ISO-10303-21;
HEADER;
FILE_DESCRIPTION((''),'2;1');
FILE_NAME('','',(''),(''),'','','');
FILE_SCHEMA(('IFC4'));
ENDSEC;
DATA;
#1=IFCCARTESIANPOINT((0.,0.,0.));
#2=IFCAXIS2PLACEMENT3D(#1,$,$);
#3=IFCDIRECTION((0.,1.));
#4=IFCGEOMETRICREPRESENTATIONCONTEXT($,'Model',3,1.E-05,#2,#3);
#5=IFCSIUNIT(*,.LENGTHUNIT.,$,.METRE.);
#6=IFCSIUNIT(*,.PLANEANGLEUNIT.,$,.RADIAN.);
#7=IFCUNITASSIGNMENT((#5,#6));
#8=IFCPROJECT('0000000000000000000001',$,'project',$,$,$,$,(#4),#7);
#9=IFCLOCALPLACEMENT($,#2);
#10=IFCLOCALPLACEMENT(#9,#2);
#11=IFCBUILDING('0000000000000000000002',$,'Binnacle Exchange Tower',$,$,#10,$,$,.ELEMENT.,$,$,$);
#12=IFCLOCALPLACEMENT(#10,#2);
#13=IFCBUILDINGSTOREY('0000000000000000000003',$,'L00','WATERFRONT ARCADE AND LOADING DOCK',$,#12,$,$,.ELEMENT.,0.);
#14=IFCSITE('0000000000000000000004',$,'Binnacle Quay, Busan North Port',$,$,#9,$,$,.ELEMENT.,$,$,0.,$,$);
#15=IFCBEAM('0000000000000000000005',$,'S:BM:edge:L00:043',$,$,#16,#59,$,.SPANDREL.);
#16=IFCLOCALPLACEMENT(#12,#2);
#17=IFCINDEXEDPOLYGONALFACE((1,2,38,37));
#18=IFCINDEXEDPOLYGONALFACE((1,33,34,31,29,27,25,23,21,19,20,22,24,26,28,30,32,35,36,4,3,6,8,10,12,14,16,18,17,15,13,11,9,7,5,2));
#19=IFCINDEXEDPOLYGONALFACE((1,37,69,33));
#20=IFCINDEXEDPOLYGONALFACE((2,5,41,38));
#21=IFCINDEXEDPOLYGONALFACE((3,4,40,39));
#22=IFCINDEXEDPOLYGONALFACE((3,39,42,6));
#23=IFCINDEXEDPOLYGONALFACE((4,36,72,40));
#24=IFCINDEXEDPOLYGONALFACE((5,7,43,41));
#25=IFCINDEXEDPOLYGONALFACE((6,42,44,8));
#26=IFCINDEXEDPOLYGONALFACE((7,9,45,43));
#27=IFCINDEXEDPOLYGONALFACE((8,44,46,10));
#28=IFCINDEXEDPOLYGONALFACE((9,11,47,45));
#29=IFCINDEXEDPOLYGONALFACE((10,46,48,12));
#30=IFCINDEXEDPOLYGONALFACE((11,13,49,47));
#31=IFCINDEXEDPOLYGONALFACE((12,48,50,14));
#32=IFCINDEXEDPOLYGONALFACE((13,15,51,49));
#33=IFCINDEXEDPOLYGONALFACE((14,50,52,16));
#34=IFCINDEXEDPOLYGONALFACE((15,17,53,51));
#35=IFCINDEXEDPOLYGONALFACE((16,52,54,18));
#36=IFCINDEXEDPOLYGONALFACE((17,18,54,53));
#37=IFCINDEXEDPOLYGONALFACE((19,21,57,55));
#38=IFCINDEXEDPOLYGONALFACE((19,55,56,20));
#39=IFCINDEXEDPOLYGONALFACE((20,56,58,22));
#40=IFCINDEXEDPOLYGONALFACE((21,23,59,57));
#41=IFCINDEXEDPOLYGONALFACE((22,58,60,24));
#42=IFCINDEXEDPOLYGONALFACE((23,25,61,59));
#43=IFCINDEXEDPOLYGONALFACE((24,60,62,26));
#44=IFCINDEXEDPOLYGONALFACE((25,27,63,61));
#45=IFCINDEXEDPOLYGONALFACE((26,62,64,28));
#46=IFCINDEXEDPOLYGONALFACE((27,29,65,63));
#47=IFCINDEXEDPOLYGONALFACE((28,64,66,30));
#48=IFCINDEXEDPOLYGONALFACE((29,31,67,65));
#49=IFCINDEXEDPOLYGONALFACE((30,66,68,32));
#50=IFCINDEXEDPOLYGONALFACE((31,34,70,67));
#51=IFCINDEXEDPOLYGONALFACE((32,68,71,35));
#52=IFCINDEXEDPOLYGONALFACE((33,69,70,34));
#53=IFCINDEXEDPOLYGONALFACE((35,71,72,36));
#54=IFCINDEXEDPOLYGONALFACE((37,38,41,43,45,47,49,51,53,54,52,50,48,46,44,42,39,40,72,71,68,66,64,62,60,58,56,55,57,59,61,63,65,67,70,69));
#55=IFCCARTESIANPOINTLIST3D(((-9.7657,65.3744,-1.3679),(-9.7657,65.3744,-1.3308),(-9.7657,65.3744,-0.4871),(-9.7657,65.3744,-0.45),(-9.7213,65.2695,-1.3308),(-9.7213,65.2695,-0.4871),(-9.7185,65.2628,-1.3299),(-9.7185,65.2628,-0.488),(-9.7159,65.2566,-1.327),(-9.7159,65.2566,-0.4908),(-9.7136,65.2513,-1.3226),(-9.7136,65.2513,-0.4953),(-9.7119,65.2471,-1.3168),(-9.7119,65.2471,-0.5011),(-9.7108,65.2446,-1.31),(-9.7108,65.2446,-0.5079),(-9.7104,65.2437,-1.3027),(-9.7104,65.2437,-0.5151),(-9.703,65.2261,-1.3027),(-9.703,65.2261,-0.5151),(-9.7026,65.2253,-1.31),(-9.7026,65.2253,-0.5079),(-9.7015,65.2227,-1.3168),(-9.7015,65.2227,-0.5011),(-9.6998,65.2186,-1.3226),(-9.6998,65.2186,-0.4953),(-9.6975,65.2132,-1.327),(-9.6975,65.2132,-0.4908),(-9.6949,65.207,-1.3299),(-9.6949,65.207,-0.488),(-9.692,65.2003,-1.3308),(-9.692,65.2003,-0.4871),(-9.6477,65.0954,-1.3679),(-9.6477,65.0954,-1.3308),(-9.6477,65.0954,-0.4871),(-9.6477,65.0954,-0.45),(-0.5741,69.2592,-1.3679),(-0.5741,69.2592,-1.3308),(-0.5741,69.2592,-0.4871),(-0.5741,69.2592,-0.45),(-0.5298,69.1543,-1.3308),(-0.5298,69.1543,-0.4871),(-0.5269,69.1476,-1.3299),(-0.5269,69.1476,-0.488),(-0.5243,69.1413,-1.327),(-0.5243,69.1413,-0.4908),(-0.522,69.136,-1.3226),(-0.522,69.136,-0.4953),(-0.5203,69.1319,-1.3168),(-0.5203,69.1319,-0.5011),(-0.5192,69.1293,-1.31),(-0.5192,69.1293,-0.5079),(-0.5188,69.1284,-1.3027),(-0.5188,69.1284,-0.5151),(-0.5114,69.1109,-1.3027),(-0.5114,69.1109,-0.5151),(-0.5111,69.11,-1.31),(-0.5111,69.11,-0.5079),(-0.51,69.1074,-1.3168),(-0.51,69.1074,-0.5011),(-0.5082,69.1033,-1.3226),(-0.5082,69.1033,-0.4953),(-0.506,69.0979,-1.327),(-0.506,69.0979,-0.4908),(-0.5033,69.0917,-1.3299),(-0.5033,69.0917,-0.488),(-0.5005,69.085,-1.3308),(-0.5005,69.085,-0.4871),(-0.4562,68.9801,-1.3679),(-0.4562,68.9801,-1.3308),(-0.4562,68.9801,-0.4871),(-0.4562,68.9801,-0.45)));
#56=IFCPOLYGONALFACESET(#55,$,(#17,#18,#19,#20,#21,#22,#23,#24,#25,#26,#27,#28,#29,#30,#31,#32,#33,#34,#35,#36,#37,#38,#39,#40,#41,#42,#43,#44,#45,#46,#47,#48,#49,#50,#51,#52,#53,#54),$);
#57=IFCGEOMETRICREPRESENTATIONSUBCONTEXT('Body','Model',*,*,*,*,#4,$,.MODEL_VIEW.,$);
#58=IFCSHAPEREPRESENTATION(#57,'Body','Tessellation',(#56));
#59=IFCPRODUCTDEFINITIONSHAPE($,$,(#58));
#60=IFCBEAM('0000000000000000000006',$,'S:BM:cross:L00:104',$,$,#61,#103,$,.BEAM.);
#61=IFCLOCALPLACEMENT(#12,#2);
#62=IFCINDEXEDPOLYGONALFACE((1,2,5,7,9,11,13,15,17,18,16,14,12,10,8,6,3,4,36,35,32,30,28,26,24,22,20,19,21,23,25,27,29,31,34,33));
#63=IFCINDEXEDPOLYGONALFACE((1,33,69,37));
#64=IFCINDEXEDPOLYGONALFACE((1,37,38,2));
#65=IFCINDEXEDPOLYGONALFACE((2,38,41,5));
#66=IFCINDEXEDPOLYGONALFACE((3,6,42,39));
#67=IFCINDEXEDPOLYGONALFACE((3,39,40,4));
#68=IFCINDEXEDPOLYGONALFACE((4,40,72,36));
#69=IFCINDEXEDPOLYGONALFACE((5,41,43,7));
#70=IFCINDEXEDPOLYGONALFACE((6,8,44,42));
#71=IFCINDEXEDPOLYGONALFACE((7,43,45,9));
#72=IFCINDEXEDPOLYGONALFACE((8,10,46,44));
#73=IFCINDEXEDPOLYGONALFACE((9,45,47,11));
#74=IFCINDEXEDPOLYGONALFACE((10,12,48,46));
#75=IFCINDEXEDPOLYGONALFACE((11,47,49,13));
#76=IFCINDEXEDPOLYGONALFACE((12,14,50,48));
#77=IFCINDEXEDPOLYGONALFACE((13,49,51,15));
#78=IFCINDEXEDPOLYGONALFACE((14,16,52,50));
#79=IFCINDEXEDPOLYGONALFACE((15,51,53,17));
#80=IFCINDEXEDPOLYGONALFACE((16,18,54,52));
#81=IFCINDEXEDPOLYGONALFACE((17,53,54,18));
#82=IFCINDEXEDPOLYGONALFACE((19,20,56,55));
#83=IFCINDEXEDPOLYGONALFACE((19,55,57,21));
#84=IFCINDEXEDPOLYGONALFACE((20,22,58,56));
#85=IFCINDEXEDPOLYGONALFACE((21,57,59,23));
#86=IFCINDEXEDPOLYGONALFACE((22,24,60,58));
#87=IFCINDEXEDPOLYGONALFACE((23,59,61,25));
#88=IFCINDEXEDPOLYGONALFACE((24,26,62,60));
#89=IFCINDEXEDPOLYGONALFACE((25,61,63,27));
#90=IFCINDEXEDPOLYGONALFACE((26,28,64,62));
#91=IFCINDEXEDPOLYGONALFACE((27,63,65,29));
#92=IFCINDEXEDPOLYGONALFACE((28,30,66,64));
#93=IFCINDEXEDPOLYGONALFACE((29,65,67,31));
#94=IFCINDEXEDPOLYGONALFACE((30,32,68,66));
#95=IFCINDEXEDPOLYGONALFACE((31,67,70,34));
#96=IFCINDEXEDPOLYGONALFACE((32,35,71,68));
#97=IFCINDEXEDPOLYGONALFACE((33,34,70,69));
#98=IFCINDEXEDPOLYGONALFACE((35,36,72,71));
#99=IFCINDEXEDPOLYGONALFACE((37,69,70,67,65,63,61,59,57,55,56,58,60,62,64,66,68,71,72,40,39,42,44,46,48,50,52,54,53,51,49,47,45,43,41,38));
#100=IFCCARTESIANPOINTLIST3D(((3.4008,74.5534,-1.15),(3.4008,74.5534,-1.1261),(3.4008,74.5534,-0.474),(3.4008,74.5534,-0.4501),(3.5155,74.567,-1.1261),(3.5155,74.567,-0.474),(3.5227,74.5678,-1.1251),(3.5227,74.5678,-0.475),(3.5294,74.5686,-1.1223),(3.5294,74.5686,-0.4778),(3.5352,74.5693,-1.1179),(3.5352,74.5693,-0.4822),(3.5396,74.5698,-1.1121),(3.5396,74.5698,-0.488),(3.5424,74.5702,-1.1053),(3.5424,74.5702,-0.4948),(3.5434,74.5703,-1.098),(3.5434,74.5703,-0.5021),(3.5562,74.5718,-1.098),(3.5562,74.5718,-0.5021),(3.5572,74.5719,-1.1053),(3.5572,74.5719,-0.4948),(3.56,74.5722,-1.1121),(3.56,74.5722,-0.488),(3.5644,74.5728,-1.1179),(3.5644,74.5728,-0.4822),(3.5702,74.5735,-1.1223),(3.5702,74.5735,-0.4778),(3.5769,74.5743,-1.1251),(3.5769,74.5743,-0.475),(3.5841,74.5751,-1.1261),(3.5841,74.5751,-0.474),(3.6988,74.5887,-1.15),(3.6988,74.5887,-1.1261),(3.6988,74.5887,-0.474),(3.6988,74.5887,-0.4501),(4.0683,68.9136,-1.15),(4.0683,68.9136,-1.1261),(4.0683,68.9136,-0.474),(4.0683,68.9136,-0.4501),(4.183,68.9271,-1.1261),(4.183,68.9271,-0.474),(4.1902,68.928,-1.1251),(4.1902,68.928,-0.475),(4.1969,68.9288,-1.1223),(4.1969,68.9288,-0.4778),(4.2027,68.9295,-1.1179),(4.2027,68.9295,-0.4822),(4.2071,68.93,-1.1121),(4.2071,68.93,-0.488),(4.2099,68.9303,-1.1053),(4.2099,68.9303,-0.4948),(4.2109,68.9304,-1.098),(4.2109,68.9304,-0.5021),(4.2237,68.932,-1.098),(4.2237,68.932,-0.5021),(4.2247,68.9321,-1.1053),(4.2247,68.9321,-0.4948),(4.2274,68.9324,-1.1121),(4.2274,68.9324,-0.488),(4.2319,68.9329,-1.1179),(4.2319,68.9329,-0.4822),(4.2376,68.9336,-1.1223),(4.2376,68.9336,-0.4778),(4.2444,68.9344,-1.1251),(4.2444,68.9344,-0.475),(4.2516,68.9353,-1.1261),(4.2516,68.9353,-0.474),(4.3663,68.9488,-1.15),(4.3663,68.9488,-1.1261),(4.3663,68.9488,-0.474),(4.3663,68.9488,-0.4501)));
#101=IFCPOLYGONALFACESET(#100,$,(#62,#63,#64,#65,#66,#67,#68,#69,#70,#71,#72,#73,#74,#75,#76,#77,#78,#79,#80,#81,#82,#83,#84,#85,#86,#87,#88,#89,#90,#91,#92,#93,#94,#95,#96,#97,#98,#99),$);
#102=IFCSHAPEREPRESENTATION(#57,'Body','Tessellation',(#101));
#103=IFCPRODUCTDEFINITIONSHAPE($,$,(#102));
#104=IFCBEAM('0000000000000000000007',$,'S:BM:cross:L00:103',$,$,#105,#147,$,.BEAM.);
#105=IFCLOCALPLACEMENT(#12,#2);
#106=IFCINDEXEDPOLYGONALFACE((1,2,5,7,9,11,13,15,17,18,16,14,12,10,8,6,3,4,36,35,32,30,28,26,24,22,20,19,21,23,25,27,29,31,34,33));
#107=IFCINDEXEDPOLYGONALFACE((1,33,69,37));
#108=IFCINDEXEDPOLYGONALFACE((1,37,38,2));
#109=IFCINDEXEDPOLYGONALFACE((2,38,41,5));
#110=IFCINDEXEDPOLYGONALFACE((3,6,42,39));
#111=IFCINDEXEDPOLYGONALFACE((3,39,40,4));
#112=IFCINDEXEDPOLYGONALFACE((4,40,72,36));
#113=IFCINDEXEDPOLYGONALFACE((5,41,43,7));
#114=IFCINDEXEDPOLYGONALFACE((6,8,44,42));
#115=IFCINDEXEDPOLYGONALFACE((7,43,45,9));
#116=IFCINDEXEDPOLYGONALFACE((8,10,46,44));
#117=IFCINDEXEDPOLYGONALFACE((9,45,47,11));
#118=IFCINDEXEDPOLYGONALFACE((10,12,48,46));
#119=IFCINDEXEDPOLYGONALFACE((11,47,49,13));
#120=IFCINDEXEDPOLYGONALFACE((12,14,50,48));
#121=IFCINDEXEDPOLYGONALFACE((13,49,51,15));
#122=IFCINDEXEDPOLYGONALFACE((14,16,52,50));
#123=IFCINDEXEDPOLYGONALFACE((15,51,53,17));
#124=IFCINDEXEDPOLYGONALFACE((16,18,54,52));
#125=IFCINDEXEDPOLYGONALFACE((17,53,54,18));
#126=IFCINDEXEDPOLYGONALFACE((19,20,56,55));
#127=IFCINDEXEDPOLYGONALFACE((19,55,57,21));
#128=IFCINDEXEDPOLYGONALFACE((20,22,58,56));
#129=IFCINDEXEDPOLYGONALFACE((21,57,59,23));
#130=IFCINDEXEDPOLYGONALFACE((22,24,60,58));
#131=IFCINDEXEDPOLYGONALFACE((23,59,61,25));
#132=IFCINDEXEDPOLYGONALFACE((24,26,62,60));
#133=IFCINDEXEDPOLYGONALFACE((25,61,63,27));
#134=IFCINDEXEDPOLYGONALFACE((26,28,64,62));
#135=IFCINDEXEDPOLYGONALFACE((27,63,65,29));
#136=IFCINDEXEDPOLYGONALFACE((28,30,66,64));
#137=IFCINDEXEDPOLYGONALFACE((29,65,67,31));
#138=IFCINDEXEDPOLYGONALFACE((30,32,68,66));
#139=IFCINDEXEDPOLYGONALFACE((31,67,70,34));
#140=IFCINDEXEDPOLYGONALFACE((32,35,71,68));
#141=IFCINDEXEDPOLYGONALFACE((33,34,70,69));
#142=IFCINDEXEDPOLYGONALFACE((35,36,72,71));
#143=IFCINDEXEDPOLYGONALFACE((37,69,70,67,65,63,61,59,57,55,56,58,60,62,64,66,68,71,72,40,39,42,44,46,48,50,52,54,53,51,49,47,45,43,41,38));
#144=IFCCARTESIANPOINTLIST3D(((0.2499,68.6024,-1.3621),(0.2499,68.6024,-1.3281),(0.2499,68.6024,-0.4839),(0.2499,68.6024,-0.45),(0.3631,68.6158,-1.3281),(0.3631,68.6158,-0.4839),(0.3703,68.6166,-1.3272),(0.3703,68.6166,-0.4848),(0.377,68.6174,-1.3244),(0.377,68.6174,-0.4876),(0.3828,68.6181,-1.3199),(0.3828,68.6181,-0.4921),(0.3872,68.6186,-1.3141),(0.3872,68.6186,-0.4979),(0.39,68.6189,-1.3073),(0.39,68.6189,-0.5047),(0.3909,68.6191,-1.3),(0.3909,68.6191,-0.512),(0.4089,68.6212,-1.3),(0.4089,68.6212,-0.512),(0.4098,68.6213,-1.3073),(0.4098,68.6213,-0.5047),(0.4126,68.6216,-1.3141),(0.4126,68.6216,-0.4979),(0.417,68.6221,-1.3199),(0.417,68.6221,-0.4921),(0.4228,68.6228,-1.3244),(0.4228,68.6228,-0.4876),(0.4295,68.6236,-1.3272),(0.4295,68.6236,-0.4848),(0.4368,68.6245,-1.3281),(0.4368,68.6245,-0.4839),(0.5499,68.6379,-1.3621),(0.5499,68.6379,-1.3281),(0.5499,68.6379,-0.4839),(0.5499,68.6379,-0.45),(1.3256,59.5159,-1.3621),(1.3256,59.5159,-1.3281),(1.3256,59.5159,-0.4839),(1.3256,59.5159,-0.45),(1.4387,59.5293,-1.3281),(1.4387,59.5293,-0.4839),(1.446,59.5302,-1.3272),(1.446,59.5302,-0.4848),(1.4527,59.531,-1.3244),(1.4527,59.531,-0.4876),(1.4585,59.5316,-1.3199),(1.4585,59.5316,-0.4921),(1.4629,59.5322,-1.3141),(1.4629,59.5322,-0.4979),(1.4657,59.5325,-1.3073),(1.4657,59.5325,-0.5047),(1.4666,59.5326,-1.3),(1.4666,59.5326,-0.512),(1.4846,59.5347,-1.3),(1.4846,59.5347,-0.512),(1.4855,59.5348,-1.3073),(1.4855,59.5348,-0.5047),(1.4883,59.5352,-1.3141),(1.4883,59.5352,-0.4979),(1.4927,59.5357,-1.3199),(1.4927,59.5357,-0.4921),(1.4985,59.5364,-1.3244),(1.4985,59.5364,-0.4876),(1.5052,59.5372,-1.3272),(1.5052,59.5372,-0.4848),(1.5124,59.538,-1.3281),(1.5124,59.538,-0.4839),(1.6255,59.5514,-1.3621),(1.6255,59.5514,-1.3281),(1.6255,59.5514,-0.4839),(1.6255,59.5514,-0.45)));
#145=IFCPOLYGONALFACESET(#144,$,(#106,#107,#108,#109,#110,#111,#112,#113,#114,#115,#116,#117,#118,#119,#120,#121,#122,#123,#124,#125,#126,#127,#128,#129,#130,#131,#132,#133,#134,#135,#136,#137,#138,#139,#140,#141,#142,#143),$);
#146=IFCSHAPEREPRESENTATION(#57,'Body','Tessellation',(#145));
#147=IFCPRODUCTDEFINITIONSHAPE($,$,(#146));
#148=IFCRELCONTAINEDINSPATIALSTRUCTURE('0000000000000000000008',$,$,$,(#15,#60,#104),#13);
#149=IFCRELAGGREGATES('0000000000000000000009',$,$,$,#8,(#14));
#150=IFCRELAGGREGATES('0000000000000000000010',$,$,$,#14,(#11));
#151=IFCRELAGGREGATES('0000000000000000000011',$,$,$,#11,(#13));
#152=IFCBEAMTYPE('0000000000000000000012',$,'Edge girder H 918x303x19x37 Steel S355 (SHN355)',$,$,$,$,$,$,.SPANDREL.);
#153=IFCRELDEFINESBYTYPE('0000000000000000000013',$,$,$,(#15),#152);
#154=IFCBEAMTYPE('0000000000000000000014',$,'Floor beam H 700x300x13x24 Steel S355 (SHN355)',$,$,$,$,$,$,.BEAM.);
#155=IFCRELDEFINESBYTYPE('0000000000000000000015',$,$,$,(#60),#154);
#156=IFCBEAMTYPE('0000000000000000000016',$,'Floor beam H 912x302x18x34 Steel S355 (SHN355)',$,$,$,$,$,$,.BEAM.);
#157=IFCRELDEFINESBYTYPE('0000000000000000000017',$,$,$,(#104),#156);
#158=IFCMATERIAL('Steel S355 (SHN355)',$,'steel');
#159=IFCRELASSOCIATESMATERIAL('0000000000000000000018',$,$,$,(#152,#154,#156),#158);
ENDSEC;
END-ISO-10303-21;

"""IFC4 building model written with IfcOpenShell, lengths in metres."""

from ifc_helpers import new_model, si_unit, direction, frame, origin, origin_2d, place, context, subcontext, project, spatial, i_section, extrude, material, material_profile, profile_set, type_object, element, save


model = new_model("IFC4")

# Units and contexts
model_context = context("Model", 3, precision=1e-05, world=origin(), true_north=direction((0.0, 1.0)))
body_context = subcontext(model_context, "Body", "Model", "MODEL_VIEW")
ifc_project = project(units=[si_unit("LENGTHUNIT", "METRE"), si_unit("PLANEANGLEUNIT", "RADIAN")], contexts=[model_context])

# Site, building, storey
site_placement = place(None, origin())
site = spatial("IfcSite", under=ifc_project, at=site_placement, Name="Binnacle Quay, Busan North Port", CompositionType="ELEMENT", RefElevation=0.0)
building_placement = place(site_placement, origin())
building = spatial("IfcBuilding", under=site, at=building_placement, Name="Binnacle Exchange Tower", CompositionType="ELEMENT")
storey_placement = place(building_placement, origin())
storey = spatial("IfcBuildingStorey", under=building, at=storey_placement, Name="L00", Description="WATERFRONT ARCADE AND LOADING DOCK", CompositionType="ELEMENT", Elevation=0.0)

# Beams
ifc_material_1 = material(Name="Steel S355 (SHN355)", Category="steel")
ifc_material_profile_1 = material_profile(ifc_material_1, i_section(OverallWidth=0.303, OverallDepth=0.918, WebThickness=0.019, FlangeThickness=0.0371, FilletRadius=0.0281, at=origin_2d()), Name="H 918x303x19x37")
ifc_profile_set_1 = profile_set([ifc_material_profile_1], Name="Steel S355 (SHN355)")
beam_type_1 = type_object("IfcBeamType", Name="Edge girder H 918x303x19x37 Steel S355 (SHN355)", PredefinedType="SPANDREL", material=ifc_profile_set_1)
beam_1_placement = place(storey_placement, frame((-0.5151, 69.1196, -0.9089), z_axis=(-0.921111, -0.389299, 0.0), x_axis=(0.389299, -0.921111, 0.0)))
element("IfcBeam", 1, at=beam_1_placement, inside=storey, type_object=beam_type_1, Name="S:BM:edge:L00:043", PredefinedType="SPANDREL", context=body_context, shape_type="SweptSolid", body=[
    extrude(i_section(OverallWidth=0.303, OverallDepth=0.918, WebThickness=0.019, FlangeThickness=0.0371, FilletRadius=0.0281, at=origin_2d()), origin(), (0.0, 0.0, 1.0), 9.9788),
])
ifc_material_profile_2 = material_profile(ifc_material_1, i_section(OverallWidth=0.3, OverallDepth=0.7, WebThickness=0.0129, FlangeThickness=0.0239, FilletRadius=0.0281, at=origin_2d()), Name="H 700x300x13x24")
ifc_profile_set_2 = profile_set([ifc_material_profile_2], Name="Steel S355 (SHN355)")
beam_type_2 = type_object("IfcBeamType", Name="Floor beam H 700x300x13x24 Steel S355 (SHN355)", PredefinedType="BEAM", material=ifc_profile_set_2)
beam_2_placement = place(storey_placement, frame((3.5498, 74.571, -0.8), z_axis=(0.11753, -0.993069, 0.0), x_axis=(0.993069, 0.11753, 0.0)))
element("IfcBeam", 2, at=beam_2_placement, inside=storey, type_object=beam_type_2, Name="S:BM:cross:L00:104", PredefinedType="BEAM", context=body_context, shape_type="SweptSolid", body=[
    extrude(i_section(OverallWidth=0.3, OverallDepth=0.7, WebThickness=0.0129, FlangeThickness=0.0239, FilletRadius=0.0281, at=origin_2d()), origin(), (0.0, 0.0, 1.0), 5.6792),
])
ifc_material_profile_3 = material_profile(ifc_material_1, i_section(OverallWidth=0.302, OverallDepth=0.9121, WebThickness=0.0181, FlangeThickness=0.0339, FilletRadius=0.0281, at=origin_2d()), Name="H 912x302x18x34")
ifc_profile_set_3 = profile_set([ifc_material_profile_3], Name="Steel S355 (SHN355)")
beam_type_3 = type_object("IfcBeamType", Name="Floor beam H 912x302x18x34 Steel S355 (SHN355)", PredefinedType="BEAM", material=ifc_profile_set_3)
beam_3_placement = place(storey_placement, frame((0.3999, 68.6201, -0.906), z_axis=(0.117563, -0.993065, 0.0), x_axis=(0.993065, 0.117563, 0.0)))
element("IfcBeam", 3, at=beam_3_placement, inside=storey, type_object=beam_type_3, Name="S:BM:cross:L00:103", PredefinedType="BEAM", context=body_context, shape_type="SweptSolid", body=[
    extrude(i_section(OverallWidth=0.302, OverallDepth=0.9121, WebThickness=0.0181, FlangeThickness=0.0339, FilletRadius=0.0281, at=origin_2d()), origin(), (0.0, 0.0, 1.0), 9.1499),
])

save(model, "model.ifc")
